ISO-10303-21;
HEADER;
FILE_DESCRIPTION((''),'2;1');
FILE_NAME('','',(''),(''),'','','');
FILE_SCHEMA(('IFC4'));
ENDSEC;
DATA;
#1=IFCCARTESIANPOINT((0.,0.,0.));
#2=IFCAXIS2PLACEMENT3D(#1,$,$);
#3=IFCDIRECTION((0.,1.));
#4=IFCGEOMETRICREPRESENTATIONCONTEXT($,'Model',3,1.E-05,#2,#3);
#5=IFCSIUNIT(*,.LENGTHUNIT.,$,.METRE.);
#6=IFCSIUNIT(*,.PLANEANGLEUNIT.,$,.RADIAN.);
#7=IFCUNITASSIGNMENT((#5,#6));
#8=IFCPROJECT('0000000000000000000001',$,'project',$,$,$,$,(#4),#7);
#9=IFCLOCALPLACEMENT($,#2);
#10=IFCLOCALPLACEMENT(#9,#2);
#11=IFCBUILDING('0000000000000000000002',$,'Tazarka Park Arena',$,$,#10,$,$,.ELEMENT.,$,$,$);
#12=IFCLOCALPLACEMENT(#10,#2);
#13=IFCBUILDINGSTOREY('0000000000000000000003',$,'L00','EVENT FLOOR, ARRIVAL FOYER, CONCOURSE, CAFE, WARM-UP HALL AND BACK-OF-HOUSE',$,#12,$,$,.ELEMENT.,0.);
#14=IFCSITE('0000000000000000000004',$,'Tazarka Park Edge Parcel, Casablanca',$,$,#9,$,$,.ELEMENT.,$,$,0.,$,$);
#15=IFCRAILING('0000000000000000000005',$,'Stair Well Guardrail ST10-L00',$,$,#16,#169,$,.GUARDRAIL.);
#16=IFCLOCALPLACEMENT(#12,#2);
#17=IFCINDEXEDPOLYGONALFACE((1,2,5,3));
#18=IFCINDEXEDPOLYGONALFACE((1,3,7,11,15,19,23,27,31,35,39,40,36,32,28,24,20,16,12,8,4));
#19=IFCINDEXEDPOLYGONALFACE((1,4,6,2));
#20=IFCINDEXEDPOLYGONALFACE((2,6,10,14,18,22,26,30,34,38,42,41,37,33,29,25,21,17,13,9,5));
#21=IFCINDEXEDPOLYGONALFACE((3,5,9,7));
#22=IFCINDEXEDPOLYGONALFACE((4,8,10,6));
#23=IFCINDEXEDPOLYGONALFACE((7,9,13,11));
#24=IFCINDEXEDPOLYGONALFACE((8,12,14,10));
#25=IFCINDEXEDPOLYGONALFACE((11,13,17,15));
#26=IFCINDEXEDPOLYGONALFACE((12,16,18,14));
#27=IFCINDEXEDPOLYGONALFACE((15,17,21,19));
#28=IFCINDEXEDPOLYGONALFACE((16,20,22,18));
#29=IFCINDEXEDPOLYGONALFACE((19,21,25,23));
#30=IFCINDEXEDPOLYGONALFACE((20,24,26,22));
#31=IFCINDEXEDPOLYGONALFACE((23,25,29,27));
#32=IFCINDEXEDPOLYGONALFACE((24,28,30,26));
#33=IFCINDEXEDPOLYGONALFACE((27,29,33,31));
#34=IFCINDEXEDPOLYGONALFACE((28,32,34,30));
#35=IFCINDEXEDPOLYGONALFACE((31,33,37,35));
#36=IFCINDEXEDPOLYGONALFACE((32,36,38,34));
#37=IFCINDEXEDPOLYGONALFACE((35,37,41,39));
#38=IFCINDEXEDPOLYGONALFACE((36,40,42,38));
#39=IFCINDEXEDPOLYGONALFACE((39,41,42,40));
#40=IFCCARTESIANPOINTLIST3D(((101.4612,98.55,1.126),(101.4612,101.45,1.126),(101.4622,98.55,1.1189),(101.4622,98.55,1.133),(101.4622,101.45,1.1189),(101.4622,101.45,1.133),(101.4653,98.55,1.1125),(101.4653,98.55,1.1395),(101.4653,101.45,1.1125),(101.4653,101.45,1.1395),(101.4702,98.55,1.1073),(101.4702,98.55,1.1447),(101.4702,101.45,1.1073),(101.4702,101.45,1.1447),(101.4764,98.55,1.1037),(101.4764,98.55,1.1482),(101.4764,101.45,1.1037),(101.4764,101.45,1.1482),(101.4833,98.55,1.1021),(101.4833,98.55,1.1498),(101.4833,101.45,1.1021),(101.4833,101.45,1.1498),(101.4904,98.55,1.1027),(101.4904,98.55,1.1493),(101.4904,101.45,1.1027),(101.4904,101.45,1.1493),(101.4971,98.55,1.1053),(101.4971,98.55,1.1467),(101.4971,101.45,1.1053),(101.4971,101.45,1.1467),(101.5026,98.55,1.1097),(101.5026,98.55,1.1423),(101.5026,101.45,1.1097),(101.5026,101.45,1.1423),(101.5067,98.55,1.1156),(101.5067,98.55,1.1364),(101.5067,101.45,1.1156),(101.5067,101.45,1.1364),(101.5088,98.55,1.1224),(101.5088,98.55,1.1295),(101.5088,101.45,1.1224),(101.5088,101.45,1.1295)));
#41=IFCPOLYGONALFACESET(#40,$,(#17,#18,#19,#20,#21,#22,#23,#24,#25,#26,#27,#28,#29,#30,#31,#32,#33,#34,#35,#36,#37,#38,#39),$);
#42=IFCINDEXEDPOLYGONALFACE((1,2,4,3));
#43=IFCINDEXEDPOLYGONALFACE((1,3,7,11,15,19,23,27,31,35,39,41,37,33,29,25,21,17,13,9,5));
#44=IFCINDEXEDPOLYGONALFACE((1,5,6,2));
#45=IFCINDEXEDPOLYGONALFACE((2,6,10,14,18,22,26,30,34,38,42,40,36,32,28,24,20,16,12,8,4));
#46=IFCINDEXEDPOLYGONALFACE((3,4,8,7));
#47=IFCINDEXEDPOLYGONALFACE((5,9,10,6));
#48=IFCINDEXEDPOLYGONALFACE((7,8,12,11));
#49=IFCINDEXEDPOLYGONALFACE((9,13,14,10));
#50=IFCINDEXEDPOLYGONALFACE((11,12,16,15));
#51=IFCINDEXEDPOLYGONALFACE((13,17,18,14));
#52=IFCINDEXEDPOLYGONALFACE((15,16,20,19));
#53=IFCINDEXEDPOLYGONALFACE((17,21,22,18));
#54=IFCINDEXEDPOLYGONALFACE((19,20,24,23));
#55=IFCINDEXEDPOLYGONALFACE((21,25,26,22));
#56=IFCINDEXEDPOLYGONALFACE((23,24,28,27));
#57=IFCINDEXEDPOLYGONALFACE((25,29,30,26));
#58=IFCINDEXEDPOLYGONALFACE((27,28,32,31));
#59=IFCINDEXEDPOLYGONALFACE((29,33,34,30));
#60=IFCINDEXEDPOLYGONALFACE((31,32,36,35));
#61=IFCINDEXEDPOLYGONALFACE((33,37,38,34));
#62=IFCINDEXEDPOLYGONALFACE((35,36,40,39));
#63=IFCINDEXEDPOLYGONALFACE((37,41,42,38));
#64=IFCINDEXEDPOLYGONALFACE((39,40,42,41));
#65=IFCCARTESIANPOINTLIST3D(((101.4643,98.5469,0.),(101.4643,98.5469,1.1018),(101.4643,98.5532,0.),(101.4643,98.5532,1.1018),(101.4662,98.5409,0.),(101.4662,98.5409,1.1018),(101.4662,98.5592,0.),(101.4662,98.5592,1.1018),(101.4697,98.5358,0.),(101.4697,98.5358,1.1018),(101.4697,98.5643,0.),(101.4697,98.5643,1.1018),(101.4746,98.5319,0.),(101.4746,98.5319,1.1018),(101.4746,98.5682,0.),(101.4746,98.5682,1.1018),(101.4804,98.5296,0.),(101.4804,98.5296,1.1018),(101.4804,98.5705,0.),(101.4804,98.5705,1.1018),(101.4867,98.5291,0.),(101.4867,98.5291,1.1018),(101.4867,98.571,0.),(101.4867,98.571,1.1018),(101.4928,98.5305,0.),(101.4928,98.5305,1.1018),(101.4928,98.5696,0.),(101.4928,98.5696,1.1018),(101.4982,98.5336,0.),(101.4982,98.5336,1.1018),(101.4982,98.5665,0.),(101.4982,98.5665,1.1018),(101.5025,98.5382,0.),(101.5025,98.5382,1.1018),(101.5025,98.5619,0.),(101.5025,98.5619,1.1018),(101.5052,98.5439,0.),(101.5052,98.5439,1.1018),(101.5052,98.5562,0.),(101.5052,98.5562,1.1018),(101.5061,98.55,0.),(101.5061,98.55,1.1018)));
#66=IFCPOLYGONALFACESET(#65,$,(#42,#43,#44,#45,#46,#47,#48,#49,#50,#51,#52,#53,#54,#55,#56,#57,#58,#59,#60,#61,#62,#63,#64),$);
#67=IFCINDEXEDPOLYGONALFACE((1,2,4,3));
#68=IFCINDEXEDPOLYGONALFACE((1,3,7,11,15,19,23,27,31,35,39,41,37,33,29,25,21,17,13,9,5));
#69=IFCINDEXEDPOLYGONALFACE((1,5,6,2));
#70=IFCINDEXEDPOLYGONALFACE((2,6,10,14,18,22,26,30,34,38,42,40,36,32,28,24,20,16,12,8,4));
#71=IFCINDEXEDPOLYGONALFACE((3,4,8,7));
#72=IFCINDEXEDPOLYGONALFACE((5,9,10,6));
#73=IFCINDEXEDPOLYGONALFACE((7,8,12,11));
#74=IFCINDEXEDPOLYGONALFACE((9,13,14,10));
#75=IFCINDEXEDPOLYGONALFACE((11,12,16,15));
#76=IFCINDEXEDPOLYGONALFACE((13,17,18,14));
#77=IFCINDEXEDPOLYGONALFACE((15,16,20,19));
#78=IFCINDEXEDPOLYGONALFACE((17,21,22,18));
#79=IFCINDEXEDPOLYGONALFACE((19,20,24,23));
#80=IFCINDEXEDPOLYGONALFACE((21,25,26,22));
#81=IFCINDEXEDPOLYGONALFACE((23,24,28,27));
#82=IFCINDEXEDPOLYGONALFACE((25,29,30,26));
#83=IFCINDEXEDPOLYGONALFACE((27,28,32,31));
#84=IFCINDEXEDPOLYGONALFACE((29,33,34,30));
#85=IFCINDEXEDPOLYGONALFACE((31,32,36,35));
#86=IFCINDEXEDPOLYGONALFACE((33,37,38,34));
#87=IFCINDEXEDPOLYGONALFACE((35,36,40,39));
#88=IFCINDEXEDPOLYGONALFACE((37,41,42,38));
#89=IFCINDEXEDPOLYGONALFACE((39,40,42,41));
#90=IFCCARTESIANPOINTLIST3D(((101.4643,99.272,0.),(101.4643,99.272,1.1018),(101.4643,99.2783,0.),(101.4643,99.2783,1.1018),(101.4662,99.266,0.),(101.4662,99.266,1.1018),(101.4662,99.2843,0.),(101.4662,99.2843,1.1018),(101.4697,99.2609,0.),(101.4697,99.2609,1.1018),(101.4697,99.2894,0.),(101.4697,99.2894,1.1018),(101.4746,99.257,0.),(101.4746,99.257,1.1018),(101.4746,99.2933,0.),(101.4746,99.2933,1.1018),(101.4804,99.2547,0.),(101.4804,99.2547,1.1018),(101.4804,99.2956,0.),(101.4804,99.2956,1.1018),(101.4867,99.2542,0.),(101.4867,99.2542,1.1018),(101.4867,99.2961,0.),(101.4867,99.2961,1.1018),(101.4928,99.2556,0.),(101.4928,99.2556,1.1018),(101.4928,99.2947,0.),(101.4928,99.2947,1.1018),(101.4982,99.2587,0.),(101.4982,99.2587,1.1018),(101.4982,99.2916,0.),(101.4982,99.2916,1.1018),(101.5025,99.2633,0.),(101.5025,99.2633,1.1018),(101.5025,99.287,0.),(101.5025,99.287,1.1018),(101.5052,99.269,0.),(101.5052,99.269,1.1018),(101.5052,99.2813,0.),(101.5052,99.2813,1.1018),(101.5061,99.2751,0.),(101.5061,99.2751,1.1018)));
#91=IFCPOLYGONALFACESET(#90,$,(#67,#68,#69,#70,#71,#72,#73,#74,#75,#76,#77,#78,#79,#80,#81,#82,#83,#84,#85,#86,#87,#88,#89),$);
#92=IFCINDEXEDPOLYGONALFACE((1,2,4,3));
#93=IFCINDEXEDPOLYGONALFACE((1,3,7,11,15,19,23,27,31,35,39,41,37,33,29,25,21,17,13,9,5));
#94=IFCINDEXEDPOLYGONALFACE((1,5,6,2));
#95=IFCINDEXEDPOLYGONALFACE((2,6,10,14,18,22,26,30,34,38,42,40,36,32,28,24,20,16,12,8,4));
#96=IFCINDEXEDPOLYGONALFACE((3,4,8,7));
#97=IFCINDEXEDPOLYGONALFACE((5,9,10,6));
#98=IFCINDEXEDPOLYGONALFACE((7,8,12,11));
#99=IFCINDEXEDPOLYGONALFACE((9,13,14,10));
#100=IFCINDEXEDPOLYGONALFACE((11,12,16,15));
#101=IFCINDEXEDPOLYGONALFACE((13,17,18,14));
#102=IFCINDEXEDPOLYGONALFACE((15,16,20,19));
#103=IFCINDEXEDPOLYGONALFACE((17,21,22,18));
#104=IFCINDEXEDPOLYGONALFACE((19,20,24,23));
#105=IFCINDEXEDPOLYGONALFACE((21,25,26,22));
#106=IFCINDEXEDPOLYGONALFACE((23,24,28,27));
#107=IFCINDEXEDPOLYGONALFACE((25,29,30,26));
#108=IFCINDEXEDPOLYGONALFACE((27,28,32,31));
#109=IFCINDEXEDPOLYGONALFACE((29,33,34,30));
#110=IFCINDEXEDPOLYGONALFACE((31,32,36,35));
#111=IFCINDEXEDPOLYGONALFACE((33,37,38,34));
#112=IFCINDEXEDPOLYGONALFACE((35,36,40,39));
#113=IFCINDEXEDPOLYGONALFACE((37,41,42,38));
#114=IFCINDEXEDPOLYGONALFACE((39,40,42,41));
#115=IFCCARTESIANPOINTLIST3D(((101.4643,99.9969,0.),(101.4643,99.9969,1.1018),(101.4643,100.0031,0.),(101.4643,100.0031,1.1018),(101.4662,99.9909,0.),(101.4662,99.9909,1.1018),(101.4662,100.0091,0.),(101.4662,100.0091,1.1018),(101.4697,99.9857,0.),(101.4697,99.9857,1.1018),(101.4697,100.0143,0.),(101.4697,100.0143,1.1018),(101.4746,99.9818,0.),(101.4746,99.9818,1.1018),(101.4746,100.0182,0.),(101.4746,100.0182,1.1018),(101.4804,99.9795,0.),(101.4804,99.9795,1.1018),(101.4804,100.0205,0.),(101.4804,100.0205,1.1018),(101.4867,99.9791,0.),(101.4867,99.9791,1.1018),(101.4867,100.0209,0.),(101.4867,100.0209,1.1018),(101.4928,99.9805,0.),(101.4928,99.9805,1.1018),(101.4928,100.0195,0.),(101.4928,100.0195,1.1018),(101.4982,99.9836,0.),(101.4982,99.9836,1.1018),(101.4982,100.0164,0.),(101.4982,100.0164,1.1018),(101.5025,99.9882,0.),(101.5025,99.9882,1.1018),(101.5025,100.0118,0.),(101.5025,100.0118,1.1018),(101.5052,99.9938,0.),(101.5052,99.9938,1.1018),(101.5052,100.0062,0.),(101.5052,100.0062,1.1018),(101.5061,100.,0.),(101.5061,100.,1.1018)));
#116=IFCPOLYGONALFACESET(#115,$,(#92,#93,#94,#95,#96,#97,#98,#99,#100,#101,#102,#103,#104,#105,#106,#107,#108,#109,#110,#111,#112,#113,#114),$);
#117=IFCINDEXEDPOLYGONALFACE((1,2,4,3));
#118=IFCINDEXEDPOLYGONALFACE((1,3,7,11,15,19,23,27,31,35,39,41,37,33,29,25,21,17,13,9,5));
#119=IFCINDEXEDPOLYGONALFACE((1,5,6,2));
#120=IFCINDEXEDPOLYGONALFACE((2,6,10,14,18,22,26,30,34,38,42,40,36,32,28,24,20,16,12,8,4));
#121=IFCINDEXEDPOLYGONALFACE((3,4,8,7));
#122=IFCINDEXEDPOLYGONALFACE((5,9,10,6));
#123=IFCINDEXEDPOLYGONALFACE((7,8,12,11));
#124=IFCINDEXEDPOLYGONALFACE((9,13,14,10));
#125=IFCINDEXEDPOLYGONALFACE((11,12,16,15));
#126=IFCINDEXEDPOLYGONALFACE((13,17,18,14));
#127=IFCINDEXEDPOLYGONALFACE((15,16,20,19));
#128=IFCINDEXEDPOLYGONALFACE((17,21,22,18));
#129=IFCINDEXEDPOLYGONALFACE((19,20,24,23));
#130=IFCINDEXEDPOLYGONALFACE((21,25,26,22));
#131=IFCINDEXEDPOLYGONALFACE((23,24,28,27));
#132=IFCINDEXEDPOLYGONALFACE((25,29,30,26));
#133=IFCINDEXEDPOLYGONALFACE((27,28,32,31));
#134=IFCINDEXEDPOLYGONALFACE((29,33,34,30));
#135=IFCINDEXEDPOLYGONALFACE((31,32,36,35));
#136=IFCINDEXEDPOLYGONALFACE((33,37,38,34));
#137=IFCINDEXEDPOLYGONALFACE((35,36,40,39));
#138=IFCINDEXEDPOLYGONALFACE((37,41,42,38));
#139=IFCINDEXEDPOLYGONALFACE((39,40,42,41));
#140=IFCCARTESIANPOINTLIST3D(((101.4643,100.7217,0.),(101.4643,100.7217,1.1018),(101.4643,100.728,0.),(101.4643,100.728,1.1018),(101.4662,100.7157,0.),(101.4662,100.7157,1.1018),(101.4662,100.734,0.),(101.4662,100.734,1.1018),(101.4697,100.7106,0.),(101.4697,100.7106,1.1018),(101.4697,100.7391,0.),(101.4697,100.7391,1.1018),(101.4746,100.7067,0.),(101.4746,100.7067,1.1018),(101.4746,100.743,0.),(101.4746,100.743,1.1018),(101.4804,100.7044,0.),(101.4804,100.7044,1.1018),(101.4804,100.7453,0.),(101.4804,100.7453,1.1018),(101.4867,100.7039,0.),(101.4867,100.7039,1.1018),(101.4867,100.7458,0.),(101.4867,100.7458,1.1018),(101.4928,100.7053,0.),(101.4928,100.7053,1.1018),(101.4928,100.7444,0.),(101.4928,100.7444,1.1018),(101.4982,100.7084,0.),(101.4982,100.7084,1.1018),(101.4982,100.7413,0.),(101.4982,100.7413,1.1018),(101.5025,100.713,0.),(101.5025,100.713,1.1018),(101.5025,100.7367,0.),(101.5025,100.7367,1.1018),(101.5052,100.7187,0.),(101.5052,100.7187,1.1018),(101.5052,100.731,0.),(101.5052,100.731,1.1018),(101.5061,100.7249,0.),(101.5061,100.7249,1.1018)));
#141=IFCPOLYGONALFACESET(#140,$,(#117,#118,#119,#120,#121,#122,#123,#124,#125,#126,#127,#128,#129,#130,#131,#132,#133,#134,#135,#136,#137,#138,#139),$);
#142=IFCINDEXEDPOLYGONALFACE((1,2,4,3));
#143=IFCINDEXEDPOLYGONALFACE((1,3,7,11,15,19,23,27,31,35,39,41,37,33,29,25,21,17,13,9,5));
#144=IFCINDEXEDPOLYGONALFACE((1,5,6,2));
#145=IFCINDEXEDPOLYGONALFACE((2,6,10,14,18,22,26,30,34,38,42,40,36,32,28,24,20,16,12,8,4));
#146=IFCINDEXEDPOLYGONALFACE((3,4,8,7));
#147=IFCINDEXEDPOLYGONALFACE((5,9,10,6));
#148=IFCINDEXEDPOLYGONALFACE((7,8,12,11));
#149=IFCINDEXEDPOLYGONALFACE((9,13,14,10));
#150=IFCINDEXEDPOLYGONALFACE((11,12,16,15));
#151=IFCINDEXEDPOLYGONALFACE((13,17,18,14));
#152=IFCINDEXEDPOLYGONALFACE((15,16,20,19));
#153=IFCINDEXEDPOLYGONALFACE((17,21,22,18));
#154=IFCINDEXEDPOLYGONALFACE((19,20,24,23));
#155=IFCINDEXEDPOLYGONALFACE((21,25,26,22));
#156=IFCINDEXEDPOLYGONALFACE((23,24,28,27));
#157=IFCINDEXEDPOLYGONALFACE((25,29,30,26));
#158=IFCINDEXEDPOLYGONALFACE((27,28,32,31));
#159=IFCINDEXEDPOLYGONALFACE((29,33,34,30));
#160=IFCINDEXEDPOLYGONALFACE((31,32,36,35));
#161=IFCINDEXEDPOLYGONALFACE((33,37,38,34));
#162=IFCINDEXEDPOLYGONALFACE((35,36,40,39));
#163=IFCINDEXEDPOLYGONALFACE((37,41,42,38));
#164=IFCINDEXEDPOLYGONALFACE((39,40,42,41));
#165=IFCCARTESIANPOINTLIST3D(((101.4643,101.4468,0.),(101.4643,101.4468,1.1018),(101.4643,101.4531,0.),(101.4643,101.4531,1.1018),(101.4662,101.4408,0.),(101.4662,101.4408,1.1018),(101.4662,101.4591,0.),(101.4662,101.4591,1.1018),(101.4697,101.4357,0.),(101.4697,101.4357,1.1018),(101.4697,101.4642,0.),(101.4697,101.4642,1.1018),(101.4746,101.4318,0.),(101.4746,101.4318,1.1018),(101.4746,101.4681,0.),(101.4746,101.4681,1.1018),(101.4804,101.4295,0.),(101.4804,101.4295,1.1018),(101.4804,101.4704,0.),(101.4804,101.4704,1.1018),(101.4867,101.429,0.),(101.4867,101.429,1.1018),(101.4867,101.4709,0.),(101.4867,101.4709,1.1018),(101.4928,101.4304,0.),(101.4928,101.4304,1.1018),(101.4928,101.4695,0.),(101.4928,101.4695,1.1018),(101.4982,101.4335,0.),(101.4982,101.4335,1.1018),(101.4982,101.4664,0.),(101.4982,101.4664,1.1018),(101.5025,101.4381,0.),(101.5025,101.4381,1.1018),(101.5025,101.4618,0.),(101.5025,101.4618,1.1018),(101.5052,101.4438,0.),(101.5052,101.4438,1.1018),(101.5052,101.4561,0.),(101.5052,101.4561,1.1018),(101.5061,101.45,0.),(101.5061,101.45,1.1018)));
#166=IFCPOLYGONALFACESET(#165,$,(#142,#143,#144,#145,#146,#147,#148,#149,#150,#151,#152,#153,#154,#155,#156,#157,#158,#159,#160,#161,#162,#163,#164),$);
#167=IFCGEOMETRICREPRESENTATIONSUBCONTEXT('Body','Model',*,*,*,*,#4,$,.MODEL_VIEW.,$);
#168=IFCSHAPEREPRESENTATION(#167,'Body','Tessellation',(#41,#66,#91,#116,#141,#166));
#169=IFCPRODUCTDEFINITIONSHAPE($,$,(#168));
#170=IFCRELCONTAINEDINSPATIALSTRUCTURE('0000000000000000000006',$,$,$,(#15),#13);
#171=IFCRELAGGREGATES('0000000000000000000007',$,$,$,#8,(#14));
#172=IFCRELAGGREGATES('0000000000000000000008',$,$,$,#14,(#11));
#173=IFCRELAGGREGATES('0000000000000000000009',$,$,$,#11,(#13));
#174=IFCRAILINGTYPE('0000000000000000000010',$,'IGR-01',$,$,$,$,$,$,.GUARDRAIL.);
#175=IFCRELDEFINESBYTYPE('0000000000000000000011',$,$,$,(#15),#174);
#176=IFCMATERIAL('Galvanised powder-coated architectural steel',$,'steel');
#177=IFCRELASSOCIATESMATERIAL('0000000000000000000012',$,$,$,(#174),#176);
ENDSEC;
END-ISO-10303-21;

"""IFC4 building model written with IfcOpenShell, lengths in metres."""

from ifc_helpers import new_model, si_unit, direction, frame, origin, origin_2d, place, context, subcontext, project, spatial, circle, extrude, material, type_object, element, save


model = new_model("IFC4")

# Units and contexts
model_context = context("Model", 3, precision=1e-05, world=origin(), true_north=direction((0.0, 1.0)))
body_context = subcontext(model_context, "Body", "Model", "MODEL_VIEW")
ifc_project = project(units=[si_unit("LENGTHUNIT", "METRE"), si_unit("PLANEANGLEUNIT", "RADIAN")], contexts=[model_context])

# Site, building, storey
site_placement = place(None, origin())
site = spatial("IfcSite", under=ifc_project, at=site_placement, Name="Tazarka Park Edge Parcel, Casablanca", CompositionType="ELEMENT", RefElevation=0.0)
building_placement = place(site_placement, origin())
building = spatial("IfcBuilding", under=site, at=building_placement, Name="Tazarka Park Arena", CompositionType="ELEMENT")
storey_placement = place(building_placement, origin())
storey = spatial("IfcBuildingStorey", under=building, at=storey_placement, Name="L00", Description="EVENT FLOOR, ARRIVAL FOYER, CONCOURSE, CAFE, WARM-UP HALL AND BACK-OF-HOUSE", CompositionType="ELEMENT", Elevation=0.0)

# Railing
ifc_material_1 = material(Name="Galvanised powder-coated architectural steel", Category="steel")
railing_type_1 = type_object("IfcRailingType", Name="IGR-01", PredefinedType="GUARDRAIL", material=ifc_material_1)
for number, where, name in (
    (1, (101.4851, 98.55, 0.0), "Stair Well Guardrail ST10-L00"),
):
    element("IfcRailing", number, at=place(storey_placement, frame(where)), inside=storey, type_object=railing_type_1, Name=name, PredefinedType="GUARDRAIL", context=body_context, shape_type="SweptSolid", body=[
        extrude(circle(Radius=0.0239, at=origin_2d()), frame((0.0, 0.0, 1.126), z_axis=(0.0, 1.0, 0.0), x_axis=(-1.0, 0.0, 0.0)), (0.0, 0.0, 1.0), 2.8999),
        extrude(circle(Radius=0.021, at=origin_2d()), origin(), (0.0, 0.0, 1.0), 1.1018),
        extrude(circle(Radius=0.021, at=origin_2d()), frame((0.0, 0.7251, 0.0)), (0.0, 0.0, 1.0), 1.1018),
        extrude(circle(Radius=0.021, at=origin_2d()), frame((0.0, 1.45, 0.0)), (0.0, 0.0, 1.0), 1.1018),
        extrude(circle(Radius=0.021, at=origin_2d()), frame((0.0, 2.1748, 0.0)), (0.0, 0.0, 1.0), 1.1018),
        extrude(circle(Radius=0.021, at=origin_2d()), frame((0.0, 2.8999, 0.0)), (0.0, 0.0, 1.0), 1.1018),
    ])

save(model, "model.ifc")
